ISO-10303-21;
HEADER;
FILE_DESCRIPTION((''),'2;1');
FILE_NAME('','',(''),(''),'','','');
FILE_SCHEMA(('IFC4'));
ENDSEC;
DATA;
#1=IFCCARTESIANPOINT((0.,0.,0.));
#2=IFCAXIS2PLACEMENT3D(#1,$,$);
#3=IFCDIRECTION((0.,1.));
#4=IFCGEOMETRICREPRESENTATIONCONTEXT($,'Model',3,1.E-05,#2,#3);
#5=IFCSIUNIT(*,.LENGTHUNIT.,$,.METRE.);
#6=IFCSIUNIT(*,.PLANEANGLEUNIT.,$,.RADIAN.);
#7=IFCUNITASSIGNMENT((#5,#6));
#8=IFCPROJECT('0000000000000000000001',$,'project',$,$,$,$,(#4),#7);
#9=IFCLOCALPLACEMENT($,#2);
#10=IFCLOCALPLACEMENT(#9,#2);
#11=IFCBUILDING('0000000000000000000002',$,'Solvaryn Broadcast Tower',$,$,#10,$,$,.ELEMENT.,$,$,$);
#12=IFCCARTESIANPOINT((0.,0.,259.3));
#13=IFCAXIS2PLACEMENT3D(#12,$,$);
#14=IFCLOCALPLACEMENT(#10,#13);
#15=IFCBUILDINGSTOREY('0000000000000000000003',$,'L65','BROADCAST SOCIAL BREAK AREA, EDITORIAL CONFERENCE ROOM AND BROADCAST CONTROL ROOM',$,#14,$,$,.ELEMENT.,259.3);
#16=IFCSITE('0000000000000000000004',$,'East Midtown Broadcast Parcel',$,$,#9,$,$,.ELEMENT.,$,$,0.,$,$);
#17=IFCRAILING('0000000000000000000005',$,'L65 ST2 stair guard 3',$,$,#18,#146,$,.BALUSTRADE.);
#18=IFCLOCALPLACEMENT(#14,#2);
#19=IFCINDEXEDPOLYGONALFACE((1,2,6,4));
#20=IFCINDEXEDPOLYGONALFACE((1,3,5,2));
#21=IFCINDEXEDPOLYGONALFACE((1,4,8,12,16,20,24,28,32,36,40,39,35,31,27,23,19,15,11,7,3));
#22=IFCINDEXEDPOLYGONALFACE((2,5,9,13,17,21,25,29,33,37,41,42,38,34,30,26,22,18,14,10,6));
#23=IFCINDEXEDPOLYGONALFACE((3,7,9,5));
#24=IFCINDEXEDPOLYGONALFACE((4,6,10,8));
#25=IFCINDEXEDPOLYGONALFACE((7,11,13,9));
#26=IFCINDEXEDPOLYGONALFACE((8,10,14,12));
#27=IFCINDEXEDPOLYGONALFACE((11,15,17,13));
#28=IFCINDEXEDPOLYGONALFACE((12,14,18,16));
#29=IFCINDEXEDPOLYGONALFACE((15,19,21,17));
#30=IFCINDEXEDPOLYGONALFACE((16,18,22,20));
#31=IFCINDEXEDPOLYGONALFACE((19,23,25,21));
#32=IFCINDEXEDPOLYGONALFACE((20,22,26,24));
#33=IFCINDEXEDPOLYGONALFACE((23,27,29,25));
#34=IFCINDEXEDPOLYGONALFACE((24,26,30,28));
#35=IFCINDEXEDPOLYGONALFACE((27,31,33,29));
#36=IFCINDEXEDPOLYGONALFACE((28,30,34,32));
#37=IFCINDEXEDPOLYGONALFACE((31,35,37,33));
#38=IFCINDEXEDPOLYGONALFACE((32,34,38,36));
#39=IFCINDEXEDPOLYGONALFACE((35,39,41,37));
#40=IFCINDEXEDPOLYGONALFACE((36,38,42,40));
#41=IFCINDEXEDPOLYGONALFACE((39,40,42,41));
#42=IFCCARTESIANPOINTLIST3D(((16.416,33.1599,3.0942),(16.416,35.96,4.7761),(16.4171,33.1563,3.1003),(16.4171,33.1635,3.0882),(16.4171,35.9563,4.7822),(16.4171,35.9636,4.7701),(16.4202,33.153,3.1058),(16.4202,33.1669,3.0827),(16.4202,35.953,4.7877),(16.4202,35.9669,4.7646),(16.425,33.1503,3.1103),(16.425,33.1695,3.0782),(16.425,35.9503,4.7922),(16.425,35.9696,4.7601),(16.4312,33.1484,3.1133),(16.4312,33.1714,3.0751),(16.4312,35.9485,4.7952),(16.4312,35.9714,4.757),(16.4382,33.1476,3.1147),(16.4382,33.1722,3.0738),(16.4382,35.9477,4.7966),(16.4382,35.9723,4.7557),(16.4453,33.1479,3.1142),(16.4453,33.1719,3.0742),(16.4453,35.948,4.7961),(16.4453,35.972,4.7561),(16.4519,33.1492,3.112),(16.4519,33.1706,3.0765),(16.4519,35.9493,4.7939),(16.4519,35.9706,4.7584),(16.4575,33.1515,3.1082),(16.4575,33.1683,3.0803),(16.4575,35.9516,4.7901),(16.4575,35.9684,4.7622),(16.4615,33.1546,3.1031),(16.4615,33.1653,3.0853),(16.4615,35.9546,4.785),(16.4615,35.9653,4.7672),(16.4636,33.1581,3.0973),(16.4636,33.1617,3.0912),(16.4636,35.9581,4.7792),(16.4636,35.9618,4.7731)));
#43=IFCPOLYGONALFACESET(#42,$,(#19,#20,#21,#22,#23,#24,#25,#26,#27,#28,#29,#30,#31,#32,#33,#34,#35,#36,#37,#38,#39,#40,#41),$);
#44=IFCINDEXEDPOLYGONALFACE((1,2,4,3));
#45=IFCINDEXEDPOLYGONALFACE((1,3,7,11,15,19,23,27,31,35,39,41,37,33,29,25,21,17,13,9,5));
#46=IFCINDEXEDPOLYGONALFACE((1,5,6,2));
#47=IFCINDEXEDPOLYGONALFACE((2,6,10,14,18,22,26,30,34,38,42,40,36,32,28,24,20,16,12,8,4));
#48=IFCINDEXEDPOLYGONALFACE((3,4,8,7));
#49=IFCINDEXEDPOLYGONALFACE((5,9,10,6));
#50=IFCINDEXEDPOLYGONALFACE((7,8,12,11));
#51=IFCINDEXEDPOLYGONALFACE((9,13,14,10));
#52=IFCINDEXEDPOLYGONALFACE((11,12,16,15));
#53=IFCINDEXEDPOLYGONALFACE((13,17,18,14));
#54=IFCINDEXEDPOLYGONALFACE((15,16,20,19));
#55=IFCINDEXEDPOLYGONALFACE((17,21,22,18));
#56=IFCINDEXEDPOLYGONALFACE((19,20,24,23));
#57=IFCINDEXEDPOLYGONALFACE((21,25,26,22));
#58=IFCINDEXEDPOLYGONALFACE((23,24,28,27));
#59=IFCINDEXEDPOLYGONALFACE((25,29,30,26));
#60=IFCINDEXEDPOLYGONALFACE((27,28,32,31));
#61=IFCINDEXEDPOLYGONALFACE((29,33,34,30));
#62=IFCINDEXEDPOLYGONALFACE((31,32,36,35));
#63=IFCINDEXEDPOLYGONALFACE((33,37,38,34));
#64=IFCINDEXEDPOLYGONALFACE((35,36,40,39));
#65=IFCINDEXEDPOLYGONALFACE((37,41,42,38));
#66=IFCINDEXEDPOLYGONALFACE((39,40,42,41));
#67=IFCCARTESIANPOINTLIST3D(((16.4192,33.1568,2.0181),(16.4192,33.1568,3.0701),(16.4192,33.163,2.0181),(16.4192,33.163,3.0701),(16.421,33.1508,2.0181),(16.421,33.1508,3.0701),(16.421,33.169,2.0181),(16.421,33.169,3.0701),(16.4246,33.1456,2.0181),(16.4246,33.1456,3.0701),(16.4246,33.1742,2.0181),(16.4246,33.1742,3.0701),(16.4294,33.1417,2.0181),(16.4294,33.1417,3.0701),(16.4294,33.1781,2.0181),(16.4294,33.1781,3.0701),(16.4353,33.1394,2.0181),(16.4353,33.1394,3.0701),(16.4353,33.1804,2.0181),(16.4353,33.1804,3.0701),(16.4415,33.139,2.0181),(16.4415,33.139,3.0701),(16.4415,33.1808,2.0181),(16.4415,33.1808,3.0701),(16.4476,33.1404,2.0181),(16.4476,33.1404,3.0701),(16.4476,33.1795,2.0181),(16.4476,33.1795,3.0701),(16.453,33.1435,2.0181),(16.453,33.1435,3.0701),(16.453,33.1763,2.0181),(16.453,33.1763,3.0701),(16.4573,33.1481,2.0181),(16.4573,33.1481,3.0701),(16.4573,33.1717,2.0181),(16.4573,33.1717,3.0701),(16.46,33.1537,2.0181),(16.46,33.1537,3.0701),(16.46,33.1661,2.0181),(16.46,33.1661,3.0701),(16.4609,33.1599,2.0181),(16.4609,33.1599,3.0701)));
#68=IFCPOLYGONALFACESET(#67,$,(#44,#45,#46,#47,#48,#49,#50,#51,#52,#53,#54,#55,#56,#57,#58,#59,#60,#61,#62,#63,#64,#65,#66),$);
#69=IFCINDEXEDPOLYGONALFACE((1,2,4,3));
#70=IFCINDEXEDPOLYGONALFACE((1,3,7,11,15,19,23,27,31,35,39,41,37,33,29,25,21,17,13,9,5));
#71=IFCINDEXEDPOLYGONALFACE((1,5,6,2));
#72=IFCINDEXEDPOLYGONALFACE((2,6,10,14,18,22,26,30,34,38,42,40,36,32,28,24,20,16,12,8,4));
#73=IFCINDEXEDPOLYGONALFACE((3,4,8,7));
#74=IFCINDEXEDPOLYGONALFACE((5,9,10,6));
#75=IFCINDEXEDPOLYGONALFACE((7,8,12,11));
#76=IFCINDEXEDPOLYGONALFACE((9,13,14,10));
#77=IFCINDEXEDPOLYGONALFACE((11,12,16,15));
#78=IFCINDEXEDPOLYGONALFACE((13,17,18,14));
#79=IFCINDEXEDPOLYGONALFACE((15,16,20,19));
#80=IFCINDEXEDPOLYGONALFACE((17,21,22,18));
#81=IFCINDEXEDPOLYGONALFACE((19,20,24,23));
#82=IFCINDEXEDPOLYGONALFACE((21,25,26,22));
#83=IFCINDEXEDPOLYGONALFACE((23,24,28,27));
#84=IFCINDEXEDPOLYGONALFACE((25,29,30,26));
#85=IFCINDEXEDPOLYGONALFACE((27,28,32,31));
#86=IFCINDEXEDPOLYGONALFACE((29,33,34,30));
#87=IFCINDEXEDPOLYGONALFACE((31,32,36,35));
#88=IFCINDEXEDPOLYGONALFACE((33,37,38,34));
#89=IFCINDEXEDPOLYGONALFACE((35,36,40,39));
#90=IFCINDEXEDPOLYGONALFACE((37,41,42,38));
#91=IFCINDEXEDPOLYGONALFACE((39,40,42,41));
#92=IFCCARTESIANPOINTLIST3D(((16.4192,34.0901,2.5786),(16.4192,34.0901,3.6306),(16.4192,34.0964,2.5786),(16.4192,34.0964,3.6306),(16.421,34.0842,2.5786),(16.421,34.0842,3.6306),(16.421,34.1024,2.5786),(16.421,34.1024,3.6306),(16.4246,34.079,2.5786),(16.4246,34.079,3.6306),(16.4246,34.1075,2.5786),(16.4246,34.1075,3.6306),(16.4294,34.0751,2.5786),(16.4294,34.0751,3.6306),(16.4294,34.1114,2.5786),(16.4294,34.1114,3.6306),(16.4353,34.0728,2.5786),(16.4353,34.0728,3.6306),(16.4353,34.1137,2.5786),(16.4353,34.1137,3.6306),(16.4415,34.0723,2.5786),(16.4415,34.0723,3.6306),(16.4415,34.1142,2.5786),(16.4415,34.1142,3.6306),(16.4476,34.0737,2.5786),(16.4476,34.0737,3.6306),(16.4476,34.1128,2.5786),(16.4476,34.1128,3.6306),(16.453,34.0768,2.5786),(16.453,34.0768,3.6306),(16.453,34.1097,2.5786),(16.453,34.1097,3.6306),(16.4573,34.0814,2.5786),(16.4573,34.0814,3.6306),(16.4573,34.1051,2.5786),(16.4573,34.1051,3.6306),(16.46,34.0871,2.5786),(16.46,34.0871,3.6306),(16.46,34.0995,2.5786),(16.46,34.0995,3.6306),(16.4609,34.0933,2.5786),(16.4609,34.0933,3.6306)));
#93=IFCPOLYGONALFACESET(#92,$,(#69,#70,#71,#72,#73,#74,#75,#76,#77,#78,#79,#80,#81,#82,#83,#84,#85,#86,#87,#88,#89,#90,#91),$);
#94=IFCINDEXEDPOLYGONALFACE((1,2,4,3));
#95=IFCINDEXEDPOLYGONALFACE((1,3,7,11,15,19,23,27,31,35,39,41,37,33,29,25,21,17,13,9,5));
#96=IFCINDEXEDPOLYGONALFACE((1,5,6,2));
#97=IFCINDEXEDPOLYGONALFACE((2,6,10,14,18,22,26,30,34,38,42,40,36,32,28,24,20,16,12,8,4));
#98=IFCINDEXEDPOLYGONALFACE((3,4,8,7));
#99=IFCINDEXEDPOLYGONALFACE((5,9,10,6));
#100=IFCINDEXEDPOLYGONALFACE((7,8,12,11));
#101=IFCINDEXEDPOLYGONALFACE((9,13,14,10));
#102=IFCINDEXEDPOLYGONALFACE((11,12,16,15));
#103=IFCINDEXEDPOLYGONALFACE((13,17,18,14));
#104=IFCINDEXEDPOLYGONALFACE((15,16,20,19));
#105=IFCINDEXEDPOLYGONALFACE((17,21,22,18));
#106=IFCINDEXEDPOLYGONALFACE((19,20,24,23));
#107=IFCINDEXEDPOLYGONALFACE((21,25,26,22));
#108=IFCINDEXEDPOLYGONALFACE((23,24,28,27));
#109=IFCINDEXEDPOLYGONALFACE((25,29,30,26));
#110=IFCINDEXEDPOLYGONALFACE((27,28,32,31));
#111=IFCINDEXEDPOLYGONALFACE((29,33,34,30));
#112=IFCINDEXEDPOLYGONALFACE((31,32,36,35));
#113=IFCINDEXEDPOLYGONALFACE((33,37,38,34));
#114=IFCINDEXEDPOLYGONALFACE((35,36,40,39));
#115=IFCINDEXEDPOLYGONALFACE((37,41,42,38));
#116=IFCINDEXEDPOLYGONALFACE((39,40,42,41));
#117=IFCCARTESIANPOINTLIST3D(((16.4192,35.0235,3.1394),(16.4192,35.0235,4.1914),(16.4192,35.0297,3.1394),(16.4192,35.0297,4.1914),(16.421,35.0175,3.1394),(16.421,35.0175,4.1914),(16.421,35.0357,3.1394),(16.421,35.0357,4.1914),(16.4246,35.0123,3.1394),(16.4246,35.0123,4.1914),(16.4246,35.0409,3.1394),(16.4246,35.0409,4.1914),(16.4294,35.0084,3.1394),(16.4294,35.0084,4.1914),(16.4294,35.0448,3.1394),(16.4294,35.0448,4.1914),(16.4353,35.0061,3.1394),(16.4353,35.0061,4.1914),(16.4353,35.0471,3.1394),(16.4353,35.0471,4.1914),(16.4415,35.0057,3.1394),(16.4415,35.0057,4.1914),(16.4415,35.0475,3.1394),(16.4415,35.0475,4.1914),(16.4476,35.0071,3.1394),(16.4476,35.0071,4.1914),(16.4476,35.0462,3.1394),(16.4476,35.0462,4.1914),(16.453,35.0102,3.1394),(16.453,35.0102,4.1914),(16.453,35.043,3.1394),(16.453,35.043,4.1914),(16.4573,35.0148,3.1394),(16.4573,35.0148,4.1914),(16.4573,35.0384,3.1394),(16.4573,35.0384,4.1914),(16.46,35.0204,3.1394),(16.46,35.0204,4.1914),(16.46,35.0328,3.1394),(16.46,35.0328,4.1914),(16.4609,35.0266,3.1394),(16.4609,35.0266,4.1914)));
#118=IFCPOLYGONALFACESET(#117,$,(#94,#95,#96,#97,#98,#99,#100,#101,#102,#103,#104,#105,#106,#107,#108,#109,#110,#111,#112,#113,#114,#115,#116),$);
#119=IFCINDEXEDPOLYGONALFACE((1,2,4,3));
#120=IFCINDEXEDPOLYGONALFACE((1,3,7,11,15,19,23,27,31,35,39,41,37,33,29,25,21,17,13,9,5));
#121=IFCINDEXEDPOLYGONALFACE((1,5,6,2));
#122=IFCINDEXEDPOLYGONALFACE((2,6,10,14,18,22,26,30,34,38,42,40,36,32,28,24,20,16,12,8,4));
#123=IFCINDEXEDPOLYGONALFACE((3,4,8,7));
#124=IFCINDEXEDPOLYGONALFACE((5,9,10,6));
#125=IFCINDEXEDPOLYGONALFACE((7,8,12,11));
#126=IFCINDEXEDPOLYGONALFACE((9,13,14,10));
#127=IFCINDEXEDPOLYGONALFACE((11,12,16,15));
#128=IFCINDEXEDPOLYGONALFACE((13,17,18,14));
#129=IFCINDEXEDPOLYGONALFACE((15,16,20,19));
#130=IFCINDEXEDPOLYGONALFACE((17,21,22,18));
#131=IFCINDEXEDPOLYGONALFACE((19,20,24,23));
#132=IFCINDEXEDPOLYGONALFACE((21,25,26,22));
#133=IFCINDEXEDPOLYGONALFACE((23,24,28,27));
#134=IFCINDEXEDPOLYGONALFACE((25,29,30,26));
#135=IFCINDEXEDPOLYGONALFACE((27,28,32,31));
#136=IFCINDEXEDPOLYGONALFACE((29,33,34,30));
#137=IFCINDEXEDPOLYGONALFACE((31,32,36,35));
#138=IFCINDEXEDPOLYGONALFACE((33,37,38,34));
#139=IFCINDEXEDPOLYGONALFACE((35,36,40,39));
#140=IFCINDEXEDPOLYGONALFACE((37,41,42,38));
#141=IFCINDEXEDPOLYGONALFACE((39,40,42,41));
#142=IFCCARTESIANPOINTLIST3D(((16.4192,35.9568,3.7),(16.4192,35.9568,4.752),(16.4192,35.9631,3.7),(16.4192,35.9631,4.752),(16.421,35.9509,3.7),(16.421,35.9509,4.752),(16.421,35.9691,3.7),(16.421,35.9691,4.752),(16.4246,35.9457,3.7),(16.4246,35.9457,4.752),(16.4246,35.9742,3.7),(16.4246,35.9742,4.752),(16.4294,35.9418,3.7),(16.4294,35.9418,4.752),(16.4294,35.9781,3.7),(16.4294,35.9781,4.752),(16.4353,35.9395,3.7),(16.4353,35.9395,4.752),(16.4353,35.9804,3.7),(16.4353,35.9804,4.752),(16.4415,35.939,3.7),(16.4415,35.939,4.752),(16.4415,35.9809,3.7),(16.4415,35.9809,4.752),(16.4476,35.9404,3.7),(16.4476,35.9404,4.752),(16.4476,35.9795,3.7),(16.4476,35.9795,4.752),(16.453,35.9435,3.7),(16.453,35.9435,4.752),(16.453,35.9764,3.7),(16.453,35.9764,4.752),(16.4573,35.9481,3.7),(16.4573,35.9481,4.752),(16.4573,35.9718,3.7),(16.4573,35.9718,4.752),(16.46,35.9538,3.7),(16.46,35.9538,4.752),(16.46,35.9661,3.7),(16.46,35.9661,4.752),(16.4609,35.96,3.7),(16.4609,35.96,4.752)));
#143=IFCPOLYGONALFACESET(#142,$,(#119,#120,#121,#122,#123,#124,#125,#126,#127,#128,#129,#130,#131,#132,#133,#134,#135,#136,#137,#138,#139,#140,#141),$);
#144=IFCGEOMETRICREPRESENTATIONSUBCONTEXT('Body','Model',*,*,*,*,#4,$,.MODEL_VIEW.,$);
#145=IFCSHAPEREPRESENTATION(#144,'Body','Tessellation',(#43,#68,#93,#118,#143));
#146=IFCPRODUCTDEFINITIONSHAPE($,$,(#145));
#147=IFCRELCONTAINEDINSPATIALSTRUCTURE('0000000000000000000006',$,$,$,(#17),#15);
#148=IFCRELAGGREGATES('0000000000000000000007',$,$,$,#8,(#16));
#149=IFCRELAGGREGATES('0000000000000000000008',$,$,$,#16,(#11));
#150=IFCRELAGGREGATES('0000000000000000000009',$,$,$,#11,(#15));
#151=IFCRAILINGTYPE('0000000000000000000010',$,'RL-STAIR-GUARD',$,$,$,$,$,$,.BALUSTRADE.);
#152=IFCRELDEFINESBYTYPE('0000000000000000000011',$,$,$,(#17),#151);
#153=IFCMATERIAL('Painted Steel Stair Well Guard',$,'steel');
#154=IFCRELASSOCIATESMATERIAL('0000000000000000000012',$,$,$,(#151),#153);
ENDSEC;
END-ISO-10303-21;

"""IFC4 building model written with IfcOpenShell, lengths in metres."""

from ifc_helpers import new_model, si_unit, direction, frame, origin, origin_2d, place, context, subcontext, project, spatial, circle, extrude, material, type_object, element, save


model = new_model("IFC4")

# Units and contexts
model_context = context("Model", 3, precision=1e-05, world=origin(), true_north=direction((0.0, 1.0)))
body_context = subcontext(model_context, "Body", "Model", "MODEL_VIEW")
ifc_project = project(units=[si_unit("LENGTHUNIT", "METRE"), si_unit("PLANEANGLEUNIT", "RADIAN")], contexts=[model_context])

# Site, building, storey
site_placement = place(None, origin())
site = spatial("IfcSite", under=ifc_project, at=site_placement, Name="East Midtown Broadcast Parcel", CompositionType="ELEMENT", RefElevation=0.0)
building_placement = place(site_placement, origin())
building = spatial("IfcBuilding", under=site, at=building_placement, Name="Solvaryn Broadcast Tower", CompositionType="ELEMENT")
storey_placement = place(building_placement, frame((0.0, 0.0, 259.3)))
storey = spatial("IfcBuildingStorey", under=building, at=storey_placement, Name="L65", Description="BROADCAST SOCIAL BREAK AREA, EDITORIAL CONFERENCE ROOM AND BROADCAST CONTROL ROOM", CompositionType="ELEMENT", Elevation=259.3)

# Railing
ifc_material_1 = material(Name="Painted Steel Stair Well Guard", Category="steel")
railing_type_1 = type_object("IfcRailingType", Name="RL-STAIR-GUARD", PredefinedType="BALUSTRADE", material=ifc_material_1)
railing_1_placement = place(storey_placement, frame((16.4399, 33.1599, 2.0181)))
element("IfcRailing", 1, at=railing_1_placement, inside=storey, type_object=railing_type_1, Name="L65 ST2 stair guard 3", PredefinedType="BALUSTRADE", context=body_context, shape_type="SweptSolid", body=[
    extrude(circle(Radius=0.0239, at=origin_2d()), frame((0.0, 0.0, 1.0762), z_axis=(0.0, 0.857242, 0.514913), x_axis=(-1.0, 0.0, 0.0)), (0.0, 0.0, 1.0), 3.2664),
    extrude(circle(Radius=0.021, at=origin_2d()), origin(), (0.0, 0.0, 1.0), 1.052),
    extrude(circle(Radius=0.021, at=origin_2d()), frame((0.0, 0.9333, 0.5605)), (0.0, 0.0, 1.0), 1.052),
    extrude(circle(Radius=0.021, at=origin_2d()), frame((0.0, 1.8667, 1.1213)), (0.0, 0.0, 1.0), 1.052),
    extrude(circle(Radius=0.021, at=origin_2d()), frame((0.0, 2.8, 1.6819)), (0.0, 0.0, 1.0), 1.052),
])

save(model, "model.ifc")
